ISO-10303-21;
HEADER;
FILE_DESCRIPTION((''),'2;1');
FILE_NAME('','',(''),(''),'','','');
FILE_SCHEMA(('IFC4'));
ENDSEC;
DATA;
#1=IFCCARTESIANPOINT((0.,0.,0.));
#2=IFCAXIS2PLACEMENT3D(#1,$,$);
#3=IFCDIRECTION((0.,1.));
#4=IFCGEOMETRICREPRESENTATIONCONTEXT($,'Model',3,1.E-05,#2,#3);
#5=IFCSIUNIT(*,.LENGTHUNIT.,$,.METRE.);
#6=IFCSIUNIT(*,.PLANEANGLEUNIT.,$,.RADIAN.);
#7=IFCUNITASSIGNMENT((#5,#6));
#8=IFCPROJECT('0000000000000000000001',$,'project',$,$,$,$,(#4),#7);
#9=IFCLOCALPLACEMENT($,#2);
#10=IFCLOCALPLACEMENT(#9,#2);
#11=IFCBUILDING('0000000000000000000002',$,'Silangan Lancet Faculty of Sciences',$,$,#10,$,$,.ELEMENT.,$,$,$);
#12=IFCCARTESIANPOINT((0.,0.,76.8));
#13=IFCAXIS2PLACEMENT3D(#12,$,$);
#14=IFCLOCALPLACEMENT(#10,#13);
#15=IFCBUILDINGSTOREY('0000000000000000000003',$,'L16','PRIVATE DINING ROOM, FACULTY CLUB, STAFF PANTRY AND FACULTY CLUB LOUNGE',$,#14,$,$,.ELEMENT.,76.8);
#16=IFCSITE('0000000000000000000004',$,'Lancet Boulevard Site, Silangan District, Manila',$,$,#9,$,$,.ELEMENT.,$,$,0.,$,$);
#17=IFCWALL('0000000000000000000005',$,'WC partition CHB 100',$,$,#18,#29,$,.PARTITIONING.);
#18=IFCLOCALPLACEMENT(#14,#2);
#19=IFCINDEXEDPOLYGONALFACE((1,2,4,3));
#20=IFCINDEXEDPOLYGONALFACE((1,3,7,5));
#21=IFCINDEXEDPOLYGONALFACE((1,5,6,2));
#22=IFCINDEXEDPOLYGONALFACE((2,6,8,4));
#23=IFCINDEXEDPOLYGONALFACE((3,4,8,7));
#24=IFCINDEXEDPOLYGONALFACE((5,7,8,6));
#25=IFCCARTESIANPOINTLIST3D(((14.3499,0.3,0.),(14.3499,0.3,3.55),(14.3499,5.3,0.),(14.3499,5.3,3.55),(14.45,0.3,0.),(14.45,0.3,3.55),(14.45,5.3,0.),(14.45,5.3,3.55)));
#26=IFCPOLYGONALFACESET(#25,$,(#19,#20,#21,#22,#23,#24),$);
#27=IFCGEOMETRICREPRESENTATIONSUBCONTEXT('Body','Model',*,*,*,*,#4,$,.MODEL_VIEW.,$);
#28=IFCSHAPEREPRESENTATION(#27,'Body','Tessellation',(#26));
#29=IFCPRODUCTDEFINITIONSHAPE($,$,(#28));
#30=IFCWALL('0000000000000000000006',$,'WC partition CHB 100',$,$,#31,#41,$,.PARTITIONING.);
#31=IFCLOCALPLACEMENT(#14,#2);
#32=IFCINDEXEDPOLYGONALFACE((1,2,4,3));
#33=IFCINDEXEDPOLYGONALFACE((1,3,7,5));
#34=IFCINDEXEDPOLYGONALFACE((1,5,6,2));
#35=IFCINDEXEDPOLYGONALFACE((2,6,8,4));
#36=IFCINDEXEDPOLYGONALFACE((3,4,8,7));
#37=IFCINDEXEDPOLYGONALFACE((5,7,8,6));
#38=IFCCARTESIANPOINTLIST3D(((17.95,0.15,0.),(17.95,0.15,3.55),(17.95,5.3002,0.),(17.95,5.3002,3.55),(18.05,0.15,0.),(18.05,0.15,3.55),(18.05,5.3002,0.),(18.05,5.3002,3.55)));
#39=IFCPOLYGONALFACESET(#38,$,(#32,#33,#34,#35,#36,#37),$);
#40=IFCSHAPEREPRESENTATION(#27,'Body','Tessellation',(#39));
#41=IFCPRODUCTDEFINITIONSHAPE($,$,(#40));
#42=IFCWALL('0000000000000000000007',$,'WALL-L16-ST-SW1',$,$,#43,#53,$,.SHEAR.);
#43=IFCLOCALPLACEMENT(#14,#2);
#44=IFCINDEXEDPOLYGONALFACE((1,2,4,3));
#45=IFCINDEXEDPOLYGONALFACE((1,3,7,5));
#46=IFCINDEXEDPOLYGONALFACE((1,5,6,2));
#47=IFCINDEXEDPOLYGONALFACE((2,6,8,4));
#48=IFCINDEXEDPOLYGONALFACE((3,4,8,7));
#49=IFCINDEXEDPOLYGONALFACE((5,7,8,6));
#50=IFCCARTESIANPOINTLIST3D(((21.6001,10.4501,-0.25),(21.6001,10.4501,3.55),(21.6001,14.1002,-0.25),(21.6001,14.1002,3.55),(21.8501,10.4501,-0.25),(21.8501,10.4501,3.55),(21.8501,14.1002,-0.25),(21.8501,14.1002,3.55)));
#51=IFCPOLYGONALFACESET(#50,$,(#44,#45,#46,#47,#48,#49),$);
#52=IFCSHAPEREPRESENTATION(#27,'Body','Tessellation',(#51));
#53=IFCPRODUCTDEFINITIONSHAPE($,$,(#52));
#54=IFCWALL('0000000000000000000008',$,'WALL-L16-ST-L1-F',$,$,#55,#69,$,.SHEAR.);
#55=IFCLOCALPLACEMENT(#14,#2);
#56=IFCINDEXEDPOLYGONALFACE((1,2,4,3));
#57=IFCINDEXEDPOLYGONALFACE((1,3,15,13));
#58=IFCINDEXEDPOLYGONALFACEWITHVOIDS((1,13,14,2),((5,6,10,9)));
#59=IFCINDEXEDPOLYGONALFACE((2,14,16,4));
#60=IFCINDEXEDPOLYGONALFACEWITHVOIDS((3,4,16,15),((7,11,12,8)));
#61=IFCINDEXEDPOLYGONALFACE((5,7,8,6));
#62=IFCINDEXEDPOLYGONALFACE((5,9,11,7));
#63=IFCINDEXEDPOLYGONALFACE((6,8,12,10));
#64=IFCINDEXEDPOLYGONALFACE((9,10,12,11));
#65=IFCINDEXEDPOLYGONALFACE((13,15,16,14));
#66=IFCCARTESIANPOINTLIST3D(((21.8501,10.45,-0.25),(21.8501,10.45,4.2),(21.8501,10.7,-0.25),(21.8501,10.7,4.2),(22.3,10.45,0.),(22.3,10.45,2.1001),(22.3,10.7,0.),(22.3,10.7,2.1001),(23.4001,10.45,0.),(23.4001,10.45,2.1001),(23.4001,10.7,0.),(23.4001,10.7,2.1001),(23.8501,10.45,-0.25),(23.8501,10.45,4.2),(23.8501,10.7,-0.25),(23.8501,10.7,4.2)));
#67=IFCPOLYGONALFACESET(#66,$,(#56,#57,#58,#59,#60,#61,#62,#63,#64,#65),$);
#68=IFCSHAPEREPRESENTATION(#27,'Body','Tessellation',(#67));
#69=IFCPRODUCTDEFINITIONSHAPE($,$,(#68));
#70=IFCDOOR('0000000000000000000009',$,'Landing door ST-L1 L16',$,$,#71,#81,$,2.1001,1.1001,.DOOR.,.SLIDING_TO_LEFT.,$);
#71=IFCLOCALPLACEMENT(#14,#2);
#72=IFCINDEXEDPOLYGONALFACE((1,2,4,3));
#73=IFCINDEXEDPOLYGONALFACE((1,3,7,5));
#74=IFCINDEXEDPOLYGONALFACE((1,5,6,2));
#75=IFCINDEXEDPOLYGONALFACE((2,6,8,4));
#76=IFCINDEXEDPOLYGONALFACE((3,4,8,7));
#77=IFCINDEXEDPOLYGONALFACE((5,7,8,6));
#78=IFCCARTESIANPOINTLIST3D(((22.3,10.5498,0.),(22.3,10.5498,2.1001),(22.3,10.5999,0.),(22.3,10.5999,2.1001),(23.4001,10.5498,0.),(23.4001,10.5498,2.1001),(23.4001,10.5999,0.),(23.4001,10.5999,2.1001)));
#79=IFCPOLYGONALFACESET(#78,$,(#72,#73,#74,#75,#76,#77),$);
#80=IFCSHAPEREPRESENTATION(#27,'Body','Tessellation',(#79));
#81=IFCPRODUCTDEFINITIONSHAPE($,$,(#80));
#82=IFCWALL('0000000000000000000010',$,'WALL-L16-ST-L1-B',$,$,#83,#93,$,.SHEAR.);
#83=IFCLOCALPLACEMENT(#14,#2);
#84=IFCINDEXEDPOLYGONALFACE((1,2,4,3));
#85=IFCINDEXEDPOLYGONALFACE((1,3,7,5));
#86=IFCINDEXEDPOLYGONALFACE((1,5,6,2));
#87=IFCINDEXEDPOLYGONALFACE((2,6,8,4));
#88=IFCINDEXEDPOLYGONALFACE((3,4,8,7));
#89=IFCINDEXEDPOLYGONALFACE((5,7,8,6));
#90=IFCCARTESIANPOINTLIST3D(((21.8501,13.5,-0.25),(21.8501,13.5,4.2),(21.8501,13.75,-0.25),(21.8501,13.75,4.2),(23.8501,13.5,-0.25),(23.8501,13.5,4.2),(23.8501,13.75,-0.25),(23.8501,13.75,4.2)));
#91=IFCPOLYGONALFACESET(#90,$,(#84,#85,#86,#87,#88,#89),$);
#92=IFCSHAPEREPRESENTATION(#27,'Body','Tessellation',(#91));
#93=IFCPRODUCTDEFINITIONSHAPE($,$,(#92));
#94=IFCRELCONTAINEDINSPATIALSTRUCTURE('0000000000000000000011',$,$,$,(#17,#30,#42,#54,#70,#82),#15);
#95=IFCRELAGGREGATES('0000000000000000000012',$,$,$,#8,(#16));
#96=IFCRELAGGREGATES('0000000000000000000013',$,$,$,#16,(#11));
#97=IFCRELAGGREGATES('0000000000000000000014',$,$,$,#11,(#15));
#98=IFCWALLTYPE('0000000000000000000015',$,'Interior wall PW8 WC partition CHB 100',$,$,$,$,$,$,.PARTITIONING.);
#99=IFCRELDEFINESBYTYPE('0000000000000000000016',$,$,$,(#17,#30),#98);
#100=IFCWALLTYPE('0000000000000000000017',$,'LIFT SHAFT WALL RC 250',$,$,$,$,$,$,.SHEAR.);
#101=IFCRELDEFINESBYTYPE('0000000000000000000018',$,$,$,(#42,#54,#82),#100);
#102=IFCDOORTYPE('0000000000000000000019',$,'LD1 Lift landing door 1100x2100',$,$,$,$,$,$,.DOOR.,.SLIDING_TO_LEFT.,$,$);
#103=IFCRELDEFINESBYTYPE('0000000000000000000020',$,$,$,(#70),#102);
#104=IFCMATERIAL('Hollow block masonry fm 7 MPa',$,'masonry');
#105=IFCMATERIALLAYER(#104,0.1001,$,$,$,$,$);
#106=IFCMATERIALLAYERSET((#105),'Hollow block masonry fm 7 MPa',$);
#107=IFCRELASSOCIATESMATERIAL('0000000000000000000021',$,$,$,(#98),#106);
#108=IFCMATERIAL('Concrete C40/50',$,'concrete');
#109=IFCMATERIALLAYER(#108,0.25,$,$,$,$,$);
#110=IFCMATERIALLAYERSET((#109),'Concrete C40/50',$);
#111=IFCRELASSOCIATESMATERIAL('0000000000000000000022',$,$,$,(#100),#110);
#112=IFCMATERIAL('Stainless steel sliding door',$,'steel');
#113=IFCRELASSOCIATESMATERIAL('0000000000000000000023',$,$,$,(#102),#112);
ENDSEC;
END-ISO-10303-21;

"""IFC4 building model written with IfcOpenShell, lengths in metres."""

from ifc_helpers import new_model, si_unit, direction, frame, frame_2d, origin, place, context, subcontext, project, spatial, rectangle, extrude, material, layer, layer_set, type_object, element, fill, save


model = new_model("IFC4")

# Units and contexts
model_context = context("Model", 3, precision=1e-05, world=origin(), true_north=direction((0.0, 1.0)))
body_context = subcontext(model_context, "Body", "Model", "MODEL_VIEW")
ifc_project = project(units=[si_unit("LENGTHUNIT", "METRE"), si_unit("PLANEANGLEUNIT", "RADIAN")], contexts=[model_context])

# Site, building, storey
site_placement = place(None, origin())
site = spatial("IfcSite", under=ifc_project, at=site_placement, Name="Lancet Boulevard Site, Silangan District, Manila", CompositionType="ELEMENT", RefElevation=0.0)
building_placement = place(site_placement, origin())
building = spatial("IfcBuilding", under=site, at=building_placement, Name="Silangan Lancet Faculty of Sciences", CompositionType="ELEMENT")
storey_placement = place(building_placement, frame((0.0, 0.0, 76.8)))
storey = spatial("IfcBuildingStorey", under=building, at=storey_placement, Name="L16", Description="PRIVATE DINING ROOM, FACULTY CLUB, STAFF PANTRY AND FACULTY CLUB LOUNGE", CompositionType="ELEMENT", Elevation=76.8)

# Walls
ifc_material_1 = material(Name="Hollow block masonry fm 7 MPa", Category="masonry")
ifc_layer_1 = layer(ifc_material_1, 0.1001)
ifc_layer_set_1 = layer_set([ifc_layer_1], Name="Hollow block masonry fm 7 MPa")
wall_type_1 = type_object("IfcWallType", Name="Interior wall PW8 WC partition CHB 100", PredefinedType="PARTITIONING", material=ifc_layer_set_1)
wall_1_placement = place(storey_placement, frame((14.3999, 0.3, 0.0), z_axis=(0.0, 0.0, 1.0), x_axis=(0.0, 1.0, 0.0)))
element("IfcWall", 1, at=wall_1_placement, inside=storey, type_object=wall_type_1, Name="WC partition CHB 100", PredefinedType="PARTITIONING", context=body_context, shape_type="SweptSolid", body=[
    extrude(rectangle(XDim=5.0, YDim=0.1001, at=frame_2d((2.5, 0.0))), origin(), (0.0, 0.0, 1.0), 3.55),
])
wall_2_placement = place(storey_placement, frame((18.0, 0.1499, 0.0), z_axis=(0.0, 0.0, 1.0), x_axis=(0.0, 1.0, 0.0)))
element("IfcWall", 2, at=wall_2_placement, inside=storey, type_object=wall_type_1, Name="WC partition CHB 100", PredefinedType="PARTITIONING", context=body_context, shape_type="SweptSolid", body=[
    extrude(rectangle(XDim=5.1501, YDim=0.1001, at=frame_2d((2.5752, 0.0))), origin(), (0.0, 0.0, 1.0), 3.55),
])
ifc_material_2 = material(Name="Concrete C40/50", Category="concrete")
ifc_layer_2 = layer(ifc_material_2, 0.25)
ifc_layer_set_2 = layer_set([ifc_layer_2], Name="Concrete C40/50")
wall_type_2 = type_object("IfcWallType", Name="LIFT SHAFT WALL RC 250", PredefinedType="SHEAR", material=ifc_layer_set_2)
wall_3_placement = place(storey_placement, frame((21.7251, 10.45, -0.25), z_axis=(0.0, 0.0, 1.0), x_axis=(0.0, 1.0, 0.0)))
element("IfcWall", 3, at=wall_3_placement, inside=storey, type_object=wall_type_2, Name="WALL-L16-ST-SW1", PredefinedType="SHEAR", context=body_context, shape_type="SweptSolid", body=[
    extrude(rectangle(XDim=3.6501, YDim=0.25, at=frame_2d((1.8252, 0.0))), origin(), (0.0, 0.0, 1.0), 3.8),
])

# Wall, opening, door
wall_4_placement = place(storey_placement, frame((21.8501, 10.575, -0.25), z_axis=(0.0, 0.0, 1.0), x_axis=(1.0, 0.0, 0.0)))
wall_4 = element("IfcWall", 4, at=wall_4_placement, inside=storey, type_object=wall_type_2, Name="WALL-L16-ST-L1-F", PredefinedType="SHEAR", context=body_context, shape_type="SweptSolid", body=[
    extrude(rectangle(XDim=2.0, YDim=0.25, at=frame_2d((1.0, 0.0))), origin(), (0.0, 0.0, 1.0), 4.45),
])
opening_1_placement = place(wall_4_placement, frame((0.45, 0.0, 0.25)))
opening_1 = element("IfcOpeningElement", 5, at=opening_1_placement, cuts=wall_4, PredefinedType="OPENING", context=body_context, shape_type="SweptSolid", body=[
    extrude(rectangle(XDim=1.1001, YDim=2.1001, at=frame_2d((0.55, 1.05))), frame((0.0, 0.135, 0.0), z_axis=(0.0, -1.0, 0.0), x_axis=(1.0, 0.0, 0.0)), (0.0, 0.0, 1.0), 0.27),
])
ifc_material_3 = material(Name="Stainless steel sliding door", Category="steel")
door_type_1 = type_object("IfcDoorType", Name="LD1 Lift landing door 1100x2100", OperationType="SLIDING_TO_LEFT", PredefinedType="DOOR", material=ifc_material_3)
door_1_placement = place(opening_1_placement, origin())
door_1 = element("IfcDoor", 6, at=door_1_placement, inside=storey, type_object=door_type_1, Name="Landing door ST-L1 L16", OperationType="SLIDING_TO_LEFT", OverallHeight=2.1001, OverallWidth=1.1001, PredefinedType="DOOR", context=body_context, shape_type="SweptSolid", body=[
    extrude(rectangle(XDim=1.1001, YDim=2.1001, at=frame_2d((0.55, 1.05))), frame((0.0, 0.0249, 0.0), z_axis=(0.0, -1.0, 0.0), x_axis=(1.0, 0.0, 0.0)), (0.0, 0.0, 1.0), 0.05),
])
fill(opening_1, door_1)

# Wall
wall_5_placement = place(storey_placement, frame((21.8501, 13.625, -0.25), z_axis=(0.0, 0.0, 1.0), x_axis=(1.0, 0.0, 0.0)))
element("IfcWall", 7, at=wall_5_placement, inside=storey, type_object=wall_type_2, Name="WALL-L16-ST-L1-B", PredefinedType="SHEAR", context=body_context, shape_type="SweptSolid", body=[
    extrude(rectangle(XDim=2.0, YDim=0.25, at=frame_2d((1.0, 0.0))), origin(), (0.0, 0.0, 1.0), 4.45),
])

save(model, "model.ifc")
